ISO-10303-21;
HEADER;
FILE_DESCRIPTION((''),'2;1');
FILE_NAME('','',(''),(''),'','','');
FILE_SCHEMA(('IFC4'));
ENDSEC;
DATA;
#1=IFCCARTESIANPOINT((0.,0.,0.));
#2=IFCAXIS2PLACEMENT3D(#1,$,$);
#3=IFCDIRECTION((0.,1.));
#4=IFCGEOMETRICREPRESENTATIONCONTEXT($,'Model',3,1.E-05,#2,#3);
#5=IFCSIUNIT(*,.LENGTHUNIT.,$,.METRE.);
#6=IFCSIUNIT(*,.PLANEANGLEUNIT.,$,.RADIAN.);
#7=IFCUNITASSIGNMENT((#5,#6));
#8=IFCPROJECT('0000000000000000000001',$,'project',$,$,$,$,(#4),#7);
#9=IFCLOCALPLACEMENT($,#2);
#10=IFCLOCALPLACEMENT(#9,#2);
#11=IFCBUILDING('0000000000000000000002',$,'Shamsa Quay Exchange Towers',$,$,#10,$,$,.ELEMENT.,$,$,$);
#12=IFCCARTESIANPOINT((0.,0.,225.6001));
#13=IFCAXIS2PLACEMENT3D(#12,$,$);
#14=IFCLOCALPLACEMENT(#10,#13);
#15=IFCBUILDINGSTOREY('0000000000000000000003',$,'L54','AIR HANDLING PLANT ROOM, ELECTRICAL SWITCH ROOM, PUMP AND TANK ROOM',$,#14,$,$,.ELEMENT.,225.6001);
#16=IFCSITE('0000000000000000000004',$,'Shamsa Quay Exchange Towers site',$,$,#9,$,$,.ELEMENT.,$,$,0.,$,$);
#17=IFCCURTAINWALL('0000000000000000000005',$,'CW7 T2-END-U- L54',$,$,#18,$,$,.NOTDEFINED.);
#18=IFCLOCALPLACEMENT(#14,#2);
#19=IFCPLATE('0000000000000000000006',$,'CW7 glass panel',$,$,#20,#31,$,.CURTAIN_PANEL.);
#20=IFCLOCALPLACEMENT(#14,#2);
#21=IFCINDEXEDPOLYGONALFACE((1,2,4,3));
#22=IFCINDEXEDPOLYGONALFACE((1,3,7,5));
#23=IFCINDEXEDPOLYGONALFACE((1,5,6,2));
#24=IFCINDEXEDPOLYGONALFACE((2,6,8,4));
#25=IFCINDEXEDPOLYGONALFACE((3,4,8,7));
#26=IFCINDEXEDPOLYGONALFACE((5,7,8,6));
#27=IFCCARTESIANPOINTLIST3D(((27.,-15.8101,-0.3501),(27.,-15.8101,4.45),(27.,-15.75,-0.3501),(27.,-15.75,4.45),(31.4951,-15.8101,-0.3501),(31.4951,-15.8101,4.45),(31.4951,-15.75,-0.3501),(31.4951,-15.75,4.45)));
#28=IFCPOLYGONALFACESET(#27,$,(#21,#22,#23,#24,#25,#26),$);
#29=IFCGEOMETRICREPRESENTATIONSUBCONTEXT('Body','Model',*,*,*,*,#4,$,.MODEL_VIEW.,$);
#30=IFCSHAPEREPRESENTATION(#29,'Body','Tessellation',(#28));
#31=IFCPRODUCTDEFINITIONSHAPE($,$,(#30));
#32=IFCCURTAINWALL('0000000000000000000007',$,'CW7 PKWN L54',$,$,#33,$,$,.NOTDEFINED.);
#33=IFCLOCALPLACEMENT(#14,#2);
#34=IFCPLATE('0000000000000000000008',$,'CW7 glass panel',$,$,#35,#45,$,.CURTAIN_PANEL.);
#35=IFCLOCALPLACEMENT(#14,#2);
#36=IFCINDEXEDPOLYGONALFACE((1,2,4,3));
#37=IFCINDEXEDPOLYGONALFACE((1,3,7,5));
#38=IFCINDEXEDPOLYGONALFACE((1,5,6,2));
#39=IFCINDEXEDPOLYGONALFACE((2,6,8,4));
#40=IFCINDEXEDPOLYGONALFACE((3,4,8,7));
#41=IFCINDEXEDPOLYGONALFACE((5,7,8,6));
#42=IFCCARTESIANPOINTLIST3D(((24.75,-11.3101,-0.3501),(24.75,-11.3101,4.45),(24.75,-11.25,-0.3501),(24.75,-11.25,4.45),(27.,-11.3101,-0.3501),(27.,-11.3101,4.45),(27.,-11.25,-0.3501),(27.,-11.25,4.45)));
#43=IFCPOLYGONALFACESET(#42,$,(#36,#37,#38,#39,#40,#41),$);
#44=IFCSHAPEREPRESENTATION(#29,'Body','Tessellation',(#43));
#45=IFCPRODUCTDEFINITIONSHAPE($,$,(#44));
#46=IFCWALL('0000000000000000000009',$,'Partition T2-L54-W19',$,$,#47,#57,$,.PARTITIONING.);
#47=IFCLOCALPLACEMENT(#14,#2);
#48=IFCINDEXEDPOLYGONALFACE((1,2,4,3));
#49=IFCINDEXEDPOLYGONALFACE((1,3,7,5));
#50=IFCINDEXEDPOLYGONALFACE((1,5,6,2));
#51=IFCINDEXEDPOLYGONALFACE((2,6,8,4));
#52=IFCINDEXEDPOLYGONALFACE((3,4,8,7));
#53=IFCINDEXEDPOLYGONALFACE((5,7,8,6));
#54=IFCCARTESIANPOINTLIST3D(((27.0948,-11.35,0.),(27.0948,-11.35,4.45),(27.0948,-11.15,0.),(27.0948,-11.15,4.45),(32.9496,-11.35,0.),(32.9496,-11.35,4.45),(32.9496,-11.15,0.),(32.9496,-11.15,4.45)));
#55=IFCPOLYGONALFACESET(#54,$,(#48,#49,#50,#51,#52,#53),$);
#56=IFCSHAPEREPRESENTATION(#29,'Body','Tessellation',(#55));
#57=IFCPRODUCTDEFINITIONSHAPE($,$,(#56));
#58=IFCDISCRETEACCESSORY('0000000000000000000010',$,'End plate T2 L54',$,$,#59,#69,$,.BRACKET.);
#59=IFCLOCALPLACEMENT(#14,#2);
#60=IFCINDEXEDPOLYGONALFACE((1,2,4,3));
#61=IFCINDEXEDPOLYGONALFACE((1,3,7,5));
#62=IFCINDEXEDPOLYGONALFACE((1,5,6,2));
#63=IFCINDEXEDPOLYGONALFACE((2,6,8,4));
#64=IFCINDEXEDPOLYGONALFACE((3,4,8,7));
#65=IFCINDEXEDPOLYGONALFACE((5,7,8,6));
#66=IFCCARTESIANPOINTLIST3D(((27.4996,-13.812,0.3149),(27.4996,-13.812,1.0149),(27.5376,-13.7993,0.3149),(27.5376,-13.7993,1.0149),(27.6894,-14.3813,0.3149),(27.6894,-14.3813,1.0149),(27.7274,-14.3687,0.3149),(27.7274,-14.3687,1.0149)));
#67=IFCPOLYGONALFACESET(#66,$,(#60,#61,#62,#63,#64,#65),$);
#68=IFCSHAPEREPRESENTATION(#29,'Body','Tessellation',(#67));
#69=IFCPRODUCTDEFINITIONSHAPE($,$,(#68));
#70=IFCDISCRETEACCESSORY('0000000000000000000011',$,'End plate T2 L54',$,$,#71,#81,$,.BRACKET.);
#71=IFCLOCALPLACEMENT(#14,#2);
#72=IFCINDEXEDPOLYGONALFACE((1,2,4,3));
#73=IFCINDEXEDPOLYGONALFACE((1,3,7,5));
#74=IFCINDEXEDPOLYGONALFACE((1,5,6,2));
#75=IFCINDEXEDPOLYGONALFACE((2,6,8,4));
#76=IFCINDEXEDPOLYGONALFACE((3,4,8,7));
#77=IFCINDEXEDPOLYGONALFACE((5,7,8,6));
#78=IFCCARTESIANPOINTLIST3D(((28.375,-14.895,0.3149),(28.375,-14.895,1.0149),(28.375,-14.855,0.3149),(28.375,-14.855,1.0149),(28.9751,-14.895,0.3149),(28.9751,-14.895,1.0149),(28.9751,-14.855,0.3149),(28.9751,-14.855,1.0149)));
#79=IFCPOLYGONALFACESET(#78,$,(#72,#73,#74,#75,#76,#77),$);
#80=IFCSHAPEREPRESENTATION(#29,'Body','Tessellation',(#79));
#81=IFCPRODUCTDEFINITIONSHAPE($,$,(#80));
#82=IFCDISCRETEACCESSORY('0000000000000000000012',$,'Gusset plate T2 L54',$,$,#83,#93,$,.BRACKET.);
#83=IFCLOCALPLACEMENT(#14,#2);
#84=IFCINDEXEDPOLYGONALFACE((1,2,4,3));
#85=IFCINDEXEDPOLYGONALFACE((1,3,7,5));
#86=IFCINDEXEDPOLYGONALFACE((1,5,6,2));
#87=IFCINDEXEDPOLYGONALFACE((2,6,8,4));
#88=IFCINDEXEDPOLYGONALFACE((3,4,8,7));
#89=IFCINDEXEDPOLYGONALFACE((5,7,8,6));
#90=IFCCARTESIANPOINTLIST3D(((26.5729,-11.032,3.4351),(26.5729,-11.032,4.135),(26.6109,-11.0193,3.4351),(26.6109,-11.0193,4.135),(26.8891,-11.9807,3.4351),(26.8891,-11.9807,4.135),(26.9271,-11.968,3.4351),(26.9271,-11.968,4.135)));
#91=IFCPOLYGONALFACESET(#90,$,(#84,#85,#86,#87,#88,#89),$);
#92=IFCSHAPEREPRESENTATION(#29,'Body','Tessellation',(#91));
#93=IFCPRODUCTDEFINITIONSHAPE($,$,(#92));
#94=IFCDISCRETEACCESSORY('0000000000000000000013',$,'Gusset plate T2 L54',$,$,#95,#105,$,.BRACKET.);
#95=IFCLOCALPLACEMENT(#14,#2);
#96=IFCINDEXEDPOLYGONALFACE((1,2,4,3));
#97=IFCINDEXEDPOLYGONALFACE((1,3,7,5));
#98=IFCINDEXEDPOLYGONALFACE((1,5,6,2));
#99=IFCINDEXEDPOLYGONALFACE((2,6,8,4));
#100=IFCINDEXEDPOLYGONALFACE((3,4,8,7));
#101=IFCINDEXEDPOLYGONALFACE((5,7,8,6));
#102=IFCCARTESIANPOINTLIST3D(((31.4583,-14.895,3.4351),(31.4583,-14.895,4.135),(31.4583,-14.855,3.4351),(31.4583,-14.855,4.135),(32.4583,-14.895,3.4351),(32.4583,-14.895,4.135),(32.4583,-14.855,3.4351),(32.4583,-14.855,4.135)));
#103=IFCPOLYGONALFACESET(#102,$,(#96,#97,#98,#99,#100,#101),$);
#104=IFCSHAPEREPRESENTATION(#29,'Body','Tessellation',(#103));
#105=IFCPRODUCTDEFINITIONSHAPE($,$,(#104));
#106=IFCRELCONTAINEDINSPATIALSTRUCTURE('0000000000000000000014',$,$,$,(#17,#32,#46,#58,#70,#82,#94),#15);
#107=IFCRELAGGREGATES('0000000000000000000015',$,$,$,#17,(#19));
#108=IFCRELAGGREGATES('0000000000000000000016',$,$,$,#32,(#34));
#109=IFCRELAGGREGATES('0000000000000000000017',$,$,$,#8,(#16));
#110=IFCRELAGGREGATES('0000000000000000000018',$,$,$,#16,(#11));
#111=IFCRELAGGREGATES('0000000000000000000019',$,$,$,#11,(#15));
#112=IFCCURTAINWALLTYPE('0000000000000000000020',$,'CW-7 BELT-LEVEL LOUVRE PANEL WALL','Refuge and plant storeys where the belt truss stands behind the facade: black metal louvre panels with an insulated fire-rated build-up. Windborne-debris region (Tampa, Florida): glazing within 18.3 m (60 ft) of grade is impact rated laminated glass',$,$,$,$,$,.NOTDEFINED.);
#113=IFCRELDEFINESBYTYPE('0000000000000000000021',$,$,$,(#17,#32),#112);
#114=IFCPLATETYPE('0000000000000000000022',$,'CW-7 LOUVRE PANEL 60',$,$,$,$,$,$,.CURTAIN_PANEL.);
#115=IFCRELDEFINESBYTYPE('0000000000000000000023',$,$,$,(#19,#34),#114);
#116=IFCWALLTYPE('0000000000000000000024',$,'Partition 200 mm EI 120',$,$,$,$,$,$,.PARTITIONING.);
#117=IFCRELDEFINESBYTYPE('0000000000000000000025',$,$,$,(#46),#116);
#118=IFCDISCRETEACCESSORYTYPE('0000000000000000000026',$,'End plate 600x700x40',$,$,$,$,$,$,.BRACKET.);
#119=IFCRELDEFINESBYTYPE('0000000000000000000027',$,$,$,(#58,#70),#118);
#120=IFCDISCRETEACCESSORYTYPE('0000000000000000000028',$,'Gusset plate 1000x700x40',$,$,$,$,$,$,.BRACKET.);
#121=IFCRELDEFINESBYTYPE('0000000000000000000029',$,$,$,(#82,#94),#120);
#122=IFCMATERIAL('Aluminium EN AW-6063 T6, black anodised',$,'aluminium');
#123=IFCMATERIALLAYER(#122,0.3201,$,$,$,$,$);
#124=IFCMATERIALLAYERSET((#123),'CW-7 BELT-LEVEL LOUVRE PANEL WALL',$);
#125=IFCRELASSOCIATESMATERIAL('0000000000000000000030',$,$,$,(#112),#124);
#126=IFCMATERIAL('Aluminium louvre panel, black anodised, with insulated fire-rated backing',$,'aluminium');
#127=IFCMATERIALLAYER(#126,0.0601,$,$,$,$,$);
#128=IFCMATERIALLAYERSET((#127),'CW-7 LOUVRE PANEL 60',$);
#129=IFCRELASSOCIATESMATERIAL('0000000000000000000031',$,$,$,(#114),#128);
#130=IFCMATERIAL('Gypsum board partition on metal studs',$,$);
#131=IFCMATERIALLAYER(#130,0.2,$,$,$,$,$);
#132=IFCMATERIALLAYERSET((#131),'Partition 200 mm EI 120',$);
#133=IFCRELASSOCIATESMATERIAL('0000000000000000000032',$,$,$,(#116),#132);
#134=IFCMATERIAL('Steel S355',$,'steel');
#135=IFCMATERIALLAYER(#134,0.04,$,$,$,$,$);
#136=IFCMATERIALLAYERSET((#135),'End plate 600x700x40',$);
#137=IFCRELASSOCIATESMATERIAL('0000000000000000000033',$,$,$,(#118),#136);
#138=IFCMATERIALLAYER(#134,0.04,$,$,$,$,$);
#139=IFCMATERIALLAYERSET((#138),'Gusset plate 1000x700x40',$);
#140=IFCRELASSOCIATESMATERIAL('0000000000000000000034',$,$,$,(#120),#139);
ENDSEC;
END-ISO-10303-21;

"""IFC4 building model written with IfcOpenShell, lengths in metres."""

from ifc_helpers import new_model, si_unit, direction, frame, frame_2d, origin, origin_2d, place, context, subcontext, project, spatial, rectangle, extrude, material, layer, layer_set, type_object, element, aggregate, save


model = new_model("IFC4")

# Units and contexts
model_context = context("Model", 3, precision=1e-05, world=origin(), true_north=direction((0.0, 1.0)))
body_context = subcontext(model_context, "Body", "Model", "MODEL_VIEW")
ifc_project = project(units=[si_unit("LENGTHUNIT", "METRE"), si_unit("PLANEANGLEUNIT", "RADIAN")], contexts=[model_context])

# Site, building, storey
site_placement = place(None, origin())
site = spatial("IfcSite", under=ifc_project, at=site_placement, Name="Shamsa Quay Exchange Towers site", CompositionType="ELEMENT", RefElevation=0.0)
building_placement = place(site_placement, origin())
building = spatial("IfcBuilding", under=site, at=building_placement, Name="Shamsa Quay Exchange Towers", CompositionType="ELEMENT")
storey_placement = place(building_placement, frame((0.0, 0.0, 225.6001)))
storey = spatial("IfcBuildingStorey", under=building, at=storey_placement, Name="L54", Description="AIR HANDLING PLANT ROOM, ELECTRICAL SWITCH ROOM, PUMP AND TANK ROOM", CompositionType="ELEMENT", Elevation=225.6001)

# Shared definitions
ifc_material_1 = material(Name="Steel S355", Category="steel")

# Curtain walls, plates
ifc_material_2 = material(Name="Aluminium EN AW-6063 T6, black anodised", Category="aluminium")
ifc_layer_1 = layer(ifc_material_2, 0.3201)
ifc_layer_set_1 = layer_set([ifc_layer_1], Name="CW-7 BELT-LEVEL LOUVRE PANEL WALL")
curtain_wall_type = type_object("IfcCurtainWallType", Name="CW-7 BELT-LEVEL LOUVRE PANEL WALL", Description="Refuge and plant storeys where the belt truss stands behind the facade: black metal louvre panels with an insulated fire-rated build-up. Windborne-debris region (Tampa, Florida): glazing within 18.3 m (60 ft) of grade is impact rated laminated glass", PredefinedType="NOTDEFINED", material=ifc_layer_set_1)
ifc_material_3 = material(Name="Aluminium louvre panel, black anodised, with insulated fire-rated backing", Category="aluminium")
ifc_layer_2 = layer(ifc_material_3, 0.0601)
ifc_layer_set_2 = layer_set([ifc_layer_2], Name="CW-7 LOUVRE PANEL 60")
plate_type = type_object("IfcPlateType", Name="CW-7 LOUVRE PANEL 60", PredefinedType="CURTAIN_PANEL", material=ifc_layer_set_2)
curtain_wall_1_placement = place(storey_placement, origin())
curtain_wall_1 = element("IfcCurtainWall", 1, at=curtain_wall_1_placement, inside=storey, type_object=curtain_wall_type, Name="CW7 T2-END-U- L54", PredefinedType="NOTDEFINED")
plate_1_placement = place(storey_placement, frame((29.2476, -15.78, -0.3501)))
plate_1 = element("IfcPlate", 2, at=plate_1_placement, type_object=plate_type, Name="CW7 glass panel", PredefinedType="CURTAIN_PANEL", context=body_context, shape_type="SweptSolid", body=[
    extrude(rectangle(XDim=4.4951, YDim=0.0601, at=origin_2d()), origin(), (0.0, 0.0, 1.0), 4.8),
])
aggregate(curtain_wall_1, [plate_1])
curtain_wall_2_placement = place(storey_placement, origin())
curtain_wall_2 = element("IfcCurtainWall", 3, at=curtain_wall_2_placement, inside=storey, type_object=curtain_wall_type, Name="CW7 PKWN L54", PredefinedType="NOTDEFINED")
plate_2_placement = place(storey_placement, frame((25.875, -11.28, -0.3501)))
plate_2 = element("IfcPlate", 4, at=plate_2_placement, type_object=plate_type, Name="CW7 glass panel", PredefinedType="CURTAIN_PANEL", context=body_context, shape_type="SweptSolid", body=[
    extrude(rectangle(XDim=2.25, YDim=0.0601, at=origin_2d()), origin(), (0.0, 0.0, 1.0), 4.8),
])
aggregate(curtain_wall_2, [plate_2])

# Wall
ifc_material_4 = material(Name="Gypsum board partition on metal studs")
ifc_layer_3 = layer(ifc_material_4, 0.2)
ifc_layer_set_3 = layer_set([ifc_layer_3], Name="Partition 200 mm EI 120")
wall_type = type_object("IfcWallType", Name="Partition 200 mm EI 120", PredefinedType="PARTITIONING", material=ifc_layer_set_3)
wall_placement = place(storey_placement, frame((27.095, -11.25, 0.0)))
element("IfcWall", 5, at=wall_placement, inside=storey, type_object=wall_type, Name="Partition T2-L54-W19", PredefinedType="PARTITIONING", context=body_context, shape_type="SweptSolid", body=[
    extrude(rectangle(XDim=5.8547, YDim=0.2, at=frame_2d((2.9272, 0.0))), origin(), (0.0, 0.0, 1.0), 4.45),
])

# Discrete accessories
ifc_layer_4 = layer(ifc_material_1, 0.04)
ifc_layer_set_4 = layer_set([ifc_layer_4], Name="End plate 600x700x40")
discrete_accessory_type_1 = type_object("IfcDiscreteAccessoryType", Name="End plate 600x700x40", PredefinedType="BRACKET", material=ifc_layer_set_4)
discrete_accessory_1_placement = place(storey_placement, frame((27.6135, -14.0903, 0.3149), z_axis=(0.0, 0.0, 1.0), x_axis=(0.316228, -0.948683, 0.0)))
element("IfcDiscreteAccessory", 6, at=discrete_accessory_1_placement, inside=storey, type_object=discrete_accessory_type_1, Name="End plate T2 L54", PredefinedType="BRACKET", context=body_context, shape_type="SweptSolid", body=[
    extrude(rectangle(XDim=0.6001, YDim=0.04, at=origin_2d()), origin(), (0.0, 0.0, 1.0), 0.7),
])
discrete_accessory_2_placement = place(storey_placement, frame((28.675, -14.875, 0.3149)))
element("IfcDiscreteAccessory", 7, at=discrete_accessory_2_placement, inside=storey, type_object=discrete_accessory_type_1, Name="End plate T2 L54", PredefinedType="BRACKET", context=body_context, shape_type="SweptSolid", body=[
    extrude(rectangle(XDim=0.6001, YDim=0.04, at=origin_2d()), origin(), (0.0, 0.0, 1.0), 0.7),
])
ifc_layer_5 = layer(ifc_material_1, 0.04)
ifc_layer_set_5 = layer_set([ifc_layer_5], Name="Gusset plate 1000x700x40")
discrete_accessory_type_2 = type_object("IfcDiscreteAccessoryType", Name="Gusset plate 1000x700x40", PredefinedType="BRACKET", material=ifc_layer_set_5)
discrete_accessory_3_placement = place(storey_placement, frame((26.75, -11.5, 3.4351), z_axis=(0.0, 0.0, 1.0), x_axis=(0.316228, -0.948683, 0.0)))
element("IfcDiscreteAccessory", 8, at=discrete_accessory_3_placement, inside=storey, type_object=discrete_accessory_type_2, Name="Gusset plate T2 L54", PredefinedType="BRACKET", context=body_context, shape_type="SweptSolid", body=[
    extrude(rectangle(XDim=1.0, YDim=0.04, at=origin_2d()), origin(), (0.0, 0.0, 1.0), 0.7),
])
discrete_accessory_4_placement = place(storey_placement, frame((31.9583, -14.875, 3.4351)))
element("IfcDiscreteAccessory", 9, at=discrete_accessory_4_placement, inside=storey, type_object=discrete_accessory_type_2, Name="Gusset plate T2 L54", PredefinedType="BRACKET", context=body_context, shape_type="SweptSolid", body=[
    extrude(rectangle(XDim=1.0, YDim=0.04, at=origin_2d()), origin(), (0.0, 0.0, 1.0), 0.7),
])

save(model, "model.ifc")
